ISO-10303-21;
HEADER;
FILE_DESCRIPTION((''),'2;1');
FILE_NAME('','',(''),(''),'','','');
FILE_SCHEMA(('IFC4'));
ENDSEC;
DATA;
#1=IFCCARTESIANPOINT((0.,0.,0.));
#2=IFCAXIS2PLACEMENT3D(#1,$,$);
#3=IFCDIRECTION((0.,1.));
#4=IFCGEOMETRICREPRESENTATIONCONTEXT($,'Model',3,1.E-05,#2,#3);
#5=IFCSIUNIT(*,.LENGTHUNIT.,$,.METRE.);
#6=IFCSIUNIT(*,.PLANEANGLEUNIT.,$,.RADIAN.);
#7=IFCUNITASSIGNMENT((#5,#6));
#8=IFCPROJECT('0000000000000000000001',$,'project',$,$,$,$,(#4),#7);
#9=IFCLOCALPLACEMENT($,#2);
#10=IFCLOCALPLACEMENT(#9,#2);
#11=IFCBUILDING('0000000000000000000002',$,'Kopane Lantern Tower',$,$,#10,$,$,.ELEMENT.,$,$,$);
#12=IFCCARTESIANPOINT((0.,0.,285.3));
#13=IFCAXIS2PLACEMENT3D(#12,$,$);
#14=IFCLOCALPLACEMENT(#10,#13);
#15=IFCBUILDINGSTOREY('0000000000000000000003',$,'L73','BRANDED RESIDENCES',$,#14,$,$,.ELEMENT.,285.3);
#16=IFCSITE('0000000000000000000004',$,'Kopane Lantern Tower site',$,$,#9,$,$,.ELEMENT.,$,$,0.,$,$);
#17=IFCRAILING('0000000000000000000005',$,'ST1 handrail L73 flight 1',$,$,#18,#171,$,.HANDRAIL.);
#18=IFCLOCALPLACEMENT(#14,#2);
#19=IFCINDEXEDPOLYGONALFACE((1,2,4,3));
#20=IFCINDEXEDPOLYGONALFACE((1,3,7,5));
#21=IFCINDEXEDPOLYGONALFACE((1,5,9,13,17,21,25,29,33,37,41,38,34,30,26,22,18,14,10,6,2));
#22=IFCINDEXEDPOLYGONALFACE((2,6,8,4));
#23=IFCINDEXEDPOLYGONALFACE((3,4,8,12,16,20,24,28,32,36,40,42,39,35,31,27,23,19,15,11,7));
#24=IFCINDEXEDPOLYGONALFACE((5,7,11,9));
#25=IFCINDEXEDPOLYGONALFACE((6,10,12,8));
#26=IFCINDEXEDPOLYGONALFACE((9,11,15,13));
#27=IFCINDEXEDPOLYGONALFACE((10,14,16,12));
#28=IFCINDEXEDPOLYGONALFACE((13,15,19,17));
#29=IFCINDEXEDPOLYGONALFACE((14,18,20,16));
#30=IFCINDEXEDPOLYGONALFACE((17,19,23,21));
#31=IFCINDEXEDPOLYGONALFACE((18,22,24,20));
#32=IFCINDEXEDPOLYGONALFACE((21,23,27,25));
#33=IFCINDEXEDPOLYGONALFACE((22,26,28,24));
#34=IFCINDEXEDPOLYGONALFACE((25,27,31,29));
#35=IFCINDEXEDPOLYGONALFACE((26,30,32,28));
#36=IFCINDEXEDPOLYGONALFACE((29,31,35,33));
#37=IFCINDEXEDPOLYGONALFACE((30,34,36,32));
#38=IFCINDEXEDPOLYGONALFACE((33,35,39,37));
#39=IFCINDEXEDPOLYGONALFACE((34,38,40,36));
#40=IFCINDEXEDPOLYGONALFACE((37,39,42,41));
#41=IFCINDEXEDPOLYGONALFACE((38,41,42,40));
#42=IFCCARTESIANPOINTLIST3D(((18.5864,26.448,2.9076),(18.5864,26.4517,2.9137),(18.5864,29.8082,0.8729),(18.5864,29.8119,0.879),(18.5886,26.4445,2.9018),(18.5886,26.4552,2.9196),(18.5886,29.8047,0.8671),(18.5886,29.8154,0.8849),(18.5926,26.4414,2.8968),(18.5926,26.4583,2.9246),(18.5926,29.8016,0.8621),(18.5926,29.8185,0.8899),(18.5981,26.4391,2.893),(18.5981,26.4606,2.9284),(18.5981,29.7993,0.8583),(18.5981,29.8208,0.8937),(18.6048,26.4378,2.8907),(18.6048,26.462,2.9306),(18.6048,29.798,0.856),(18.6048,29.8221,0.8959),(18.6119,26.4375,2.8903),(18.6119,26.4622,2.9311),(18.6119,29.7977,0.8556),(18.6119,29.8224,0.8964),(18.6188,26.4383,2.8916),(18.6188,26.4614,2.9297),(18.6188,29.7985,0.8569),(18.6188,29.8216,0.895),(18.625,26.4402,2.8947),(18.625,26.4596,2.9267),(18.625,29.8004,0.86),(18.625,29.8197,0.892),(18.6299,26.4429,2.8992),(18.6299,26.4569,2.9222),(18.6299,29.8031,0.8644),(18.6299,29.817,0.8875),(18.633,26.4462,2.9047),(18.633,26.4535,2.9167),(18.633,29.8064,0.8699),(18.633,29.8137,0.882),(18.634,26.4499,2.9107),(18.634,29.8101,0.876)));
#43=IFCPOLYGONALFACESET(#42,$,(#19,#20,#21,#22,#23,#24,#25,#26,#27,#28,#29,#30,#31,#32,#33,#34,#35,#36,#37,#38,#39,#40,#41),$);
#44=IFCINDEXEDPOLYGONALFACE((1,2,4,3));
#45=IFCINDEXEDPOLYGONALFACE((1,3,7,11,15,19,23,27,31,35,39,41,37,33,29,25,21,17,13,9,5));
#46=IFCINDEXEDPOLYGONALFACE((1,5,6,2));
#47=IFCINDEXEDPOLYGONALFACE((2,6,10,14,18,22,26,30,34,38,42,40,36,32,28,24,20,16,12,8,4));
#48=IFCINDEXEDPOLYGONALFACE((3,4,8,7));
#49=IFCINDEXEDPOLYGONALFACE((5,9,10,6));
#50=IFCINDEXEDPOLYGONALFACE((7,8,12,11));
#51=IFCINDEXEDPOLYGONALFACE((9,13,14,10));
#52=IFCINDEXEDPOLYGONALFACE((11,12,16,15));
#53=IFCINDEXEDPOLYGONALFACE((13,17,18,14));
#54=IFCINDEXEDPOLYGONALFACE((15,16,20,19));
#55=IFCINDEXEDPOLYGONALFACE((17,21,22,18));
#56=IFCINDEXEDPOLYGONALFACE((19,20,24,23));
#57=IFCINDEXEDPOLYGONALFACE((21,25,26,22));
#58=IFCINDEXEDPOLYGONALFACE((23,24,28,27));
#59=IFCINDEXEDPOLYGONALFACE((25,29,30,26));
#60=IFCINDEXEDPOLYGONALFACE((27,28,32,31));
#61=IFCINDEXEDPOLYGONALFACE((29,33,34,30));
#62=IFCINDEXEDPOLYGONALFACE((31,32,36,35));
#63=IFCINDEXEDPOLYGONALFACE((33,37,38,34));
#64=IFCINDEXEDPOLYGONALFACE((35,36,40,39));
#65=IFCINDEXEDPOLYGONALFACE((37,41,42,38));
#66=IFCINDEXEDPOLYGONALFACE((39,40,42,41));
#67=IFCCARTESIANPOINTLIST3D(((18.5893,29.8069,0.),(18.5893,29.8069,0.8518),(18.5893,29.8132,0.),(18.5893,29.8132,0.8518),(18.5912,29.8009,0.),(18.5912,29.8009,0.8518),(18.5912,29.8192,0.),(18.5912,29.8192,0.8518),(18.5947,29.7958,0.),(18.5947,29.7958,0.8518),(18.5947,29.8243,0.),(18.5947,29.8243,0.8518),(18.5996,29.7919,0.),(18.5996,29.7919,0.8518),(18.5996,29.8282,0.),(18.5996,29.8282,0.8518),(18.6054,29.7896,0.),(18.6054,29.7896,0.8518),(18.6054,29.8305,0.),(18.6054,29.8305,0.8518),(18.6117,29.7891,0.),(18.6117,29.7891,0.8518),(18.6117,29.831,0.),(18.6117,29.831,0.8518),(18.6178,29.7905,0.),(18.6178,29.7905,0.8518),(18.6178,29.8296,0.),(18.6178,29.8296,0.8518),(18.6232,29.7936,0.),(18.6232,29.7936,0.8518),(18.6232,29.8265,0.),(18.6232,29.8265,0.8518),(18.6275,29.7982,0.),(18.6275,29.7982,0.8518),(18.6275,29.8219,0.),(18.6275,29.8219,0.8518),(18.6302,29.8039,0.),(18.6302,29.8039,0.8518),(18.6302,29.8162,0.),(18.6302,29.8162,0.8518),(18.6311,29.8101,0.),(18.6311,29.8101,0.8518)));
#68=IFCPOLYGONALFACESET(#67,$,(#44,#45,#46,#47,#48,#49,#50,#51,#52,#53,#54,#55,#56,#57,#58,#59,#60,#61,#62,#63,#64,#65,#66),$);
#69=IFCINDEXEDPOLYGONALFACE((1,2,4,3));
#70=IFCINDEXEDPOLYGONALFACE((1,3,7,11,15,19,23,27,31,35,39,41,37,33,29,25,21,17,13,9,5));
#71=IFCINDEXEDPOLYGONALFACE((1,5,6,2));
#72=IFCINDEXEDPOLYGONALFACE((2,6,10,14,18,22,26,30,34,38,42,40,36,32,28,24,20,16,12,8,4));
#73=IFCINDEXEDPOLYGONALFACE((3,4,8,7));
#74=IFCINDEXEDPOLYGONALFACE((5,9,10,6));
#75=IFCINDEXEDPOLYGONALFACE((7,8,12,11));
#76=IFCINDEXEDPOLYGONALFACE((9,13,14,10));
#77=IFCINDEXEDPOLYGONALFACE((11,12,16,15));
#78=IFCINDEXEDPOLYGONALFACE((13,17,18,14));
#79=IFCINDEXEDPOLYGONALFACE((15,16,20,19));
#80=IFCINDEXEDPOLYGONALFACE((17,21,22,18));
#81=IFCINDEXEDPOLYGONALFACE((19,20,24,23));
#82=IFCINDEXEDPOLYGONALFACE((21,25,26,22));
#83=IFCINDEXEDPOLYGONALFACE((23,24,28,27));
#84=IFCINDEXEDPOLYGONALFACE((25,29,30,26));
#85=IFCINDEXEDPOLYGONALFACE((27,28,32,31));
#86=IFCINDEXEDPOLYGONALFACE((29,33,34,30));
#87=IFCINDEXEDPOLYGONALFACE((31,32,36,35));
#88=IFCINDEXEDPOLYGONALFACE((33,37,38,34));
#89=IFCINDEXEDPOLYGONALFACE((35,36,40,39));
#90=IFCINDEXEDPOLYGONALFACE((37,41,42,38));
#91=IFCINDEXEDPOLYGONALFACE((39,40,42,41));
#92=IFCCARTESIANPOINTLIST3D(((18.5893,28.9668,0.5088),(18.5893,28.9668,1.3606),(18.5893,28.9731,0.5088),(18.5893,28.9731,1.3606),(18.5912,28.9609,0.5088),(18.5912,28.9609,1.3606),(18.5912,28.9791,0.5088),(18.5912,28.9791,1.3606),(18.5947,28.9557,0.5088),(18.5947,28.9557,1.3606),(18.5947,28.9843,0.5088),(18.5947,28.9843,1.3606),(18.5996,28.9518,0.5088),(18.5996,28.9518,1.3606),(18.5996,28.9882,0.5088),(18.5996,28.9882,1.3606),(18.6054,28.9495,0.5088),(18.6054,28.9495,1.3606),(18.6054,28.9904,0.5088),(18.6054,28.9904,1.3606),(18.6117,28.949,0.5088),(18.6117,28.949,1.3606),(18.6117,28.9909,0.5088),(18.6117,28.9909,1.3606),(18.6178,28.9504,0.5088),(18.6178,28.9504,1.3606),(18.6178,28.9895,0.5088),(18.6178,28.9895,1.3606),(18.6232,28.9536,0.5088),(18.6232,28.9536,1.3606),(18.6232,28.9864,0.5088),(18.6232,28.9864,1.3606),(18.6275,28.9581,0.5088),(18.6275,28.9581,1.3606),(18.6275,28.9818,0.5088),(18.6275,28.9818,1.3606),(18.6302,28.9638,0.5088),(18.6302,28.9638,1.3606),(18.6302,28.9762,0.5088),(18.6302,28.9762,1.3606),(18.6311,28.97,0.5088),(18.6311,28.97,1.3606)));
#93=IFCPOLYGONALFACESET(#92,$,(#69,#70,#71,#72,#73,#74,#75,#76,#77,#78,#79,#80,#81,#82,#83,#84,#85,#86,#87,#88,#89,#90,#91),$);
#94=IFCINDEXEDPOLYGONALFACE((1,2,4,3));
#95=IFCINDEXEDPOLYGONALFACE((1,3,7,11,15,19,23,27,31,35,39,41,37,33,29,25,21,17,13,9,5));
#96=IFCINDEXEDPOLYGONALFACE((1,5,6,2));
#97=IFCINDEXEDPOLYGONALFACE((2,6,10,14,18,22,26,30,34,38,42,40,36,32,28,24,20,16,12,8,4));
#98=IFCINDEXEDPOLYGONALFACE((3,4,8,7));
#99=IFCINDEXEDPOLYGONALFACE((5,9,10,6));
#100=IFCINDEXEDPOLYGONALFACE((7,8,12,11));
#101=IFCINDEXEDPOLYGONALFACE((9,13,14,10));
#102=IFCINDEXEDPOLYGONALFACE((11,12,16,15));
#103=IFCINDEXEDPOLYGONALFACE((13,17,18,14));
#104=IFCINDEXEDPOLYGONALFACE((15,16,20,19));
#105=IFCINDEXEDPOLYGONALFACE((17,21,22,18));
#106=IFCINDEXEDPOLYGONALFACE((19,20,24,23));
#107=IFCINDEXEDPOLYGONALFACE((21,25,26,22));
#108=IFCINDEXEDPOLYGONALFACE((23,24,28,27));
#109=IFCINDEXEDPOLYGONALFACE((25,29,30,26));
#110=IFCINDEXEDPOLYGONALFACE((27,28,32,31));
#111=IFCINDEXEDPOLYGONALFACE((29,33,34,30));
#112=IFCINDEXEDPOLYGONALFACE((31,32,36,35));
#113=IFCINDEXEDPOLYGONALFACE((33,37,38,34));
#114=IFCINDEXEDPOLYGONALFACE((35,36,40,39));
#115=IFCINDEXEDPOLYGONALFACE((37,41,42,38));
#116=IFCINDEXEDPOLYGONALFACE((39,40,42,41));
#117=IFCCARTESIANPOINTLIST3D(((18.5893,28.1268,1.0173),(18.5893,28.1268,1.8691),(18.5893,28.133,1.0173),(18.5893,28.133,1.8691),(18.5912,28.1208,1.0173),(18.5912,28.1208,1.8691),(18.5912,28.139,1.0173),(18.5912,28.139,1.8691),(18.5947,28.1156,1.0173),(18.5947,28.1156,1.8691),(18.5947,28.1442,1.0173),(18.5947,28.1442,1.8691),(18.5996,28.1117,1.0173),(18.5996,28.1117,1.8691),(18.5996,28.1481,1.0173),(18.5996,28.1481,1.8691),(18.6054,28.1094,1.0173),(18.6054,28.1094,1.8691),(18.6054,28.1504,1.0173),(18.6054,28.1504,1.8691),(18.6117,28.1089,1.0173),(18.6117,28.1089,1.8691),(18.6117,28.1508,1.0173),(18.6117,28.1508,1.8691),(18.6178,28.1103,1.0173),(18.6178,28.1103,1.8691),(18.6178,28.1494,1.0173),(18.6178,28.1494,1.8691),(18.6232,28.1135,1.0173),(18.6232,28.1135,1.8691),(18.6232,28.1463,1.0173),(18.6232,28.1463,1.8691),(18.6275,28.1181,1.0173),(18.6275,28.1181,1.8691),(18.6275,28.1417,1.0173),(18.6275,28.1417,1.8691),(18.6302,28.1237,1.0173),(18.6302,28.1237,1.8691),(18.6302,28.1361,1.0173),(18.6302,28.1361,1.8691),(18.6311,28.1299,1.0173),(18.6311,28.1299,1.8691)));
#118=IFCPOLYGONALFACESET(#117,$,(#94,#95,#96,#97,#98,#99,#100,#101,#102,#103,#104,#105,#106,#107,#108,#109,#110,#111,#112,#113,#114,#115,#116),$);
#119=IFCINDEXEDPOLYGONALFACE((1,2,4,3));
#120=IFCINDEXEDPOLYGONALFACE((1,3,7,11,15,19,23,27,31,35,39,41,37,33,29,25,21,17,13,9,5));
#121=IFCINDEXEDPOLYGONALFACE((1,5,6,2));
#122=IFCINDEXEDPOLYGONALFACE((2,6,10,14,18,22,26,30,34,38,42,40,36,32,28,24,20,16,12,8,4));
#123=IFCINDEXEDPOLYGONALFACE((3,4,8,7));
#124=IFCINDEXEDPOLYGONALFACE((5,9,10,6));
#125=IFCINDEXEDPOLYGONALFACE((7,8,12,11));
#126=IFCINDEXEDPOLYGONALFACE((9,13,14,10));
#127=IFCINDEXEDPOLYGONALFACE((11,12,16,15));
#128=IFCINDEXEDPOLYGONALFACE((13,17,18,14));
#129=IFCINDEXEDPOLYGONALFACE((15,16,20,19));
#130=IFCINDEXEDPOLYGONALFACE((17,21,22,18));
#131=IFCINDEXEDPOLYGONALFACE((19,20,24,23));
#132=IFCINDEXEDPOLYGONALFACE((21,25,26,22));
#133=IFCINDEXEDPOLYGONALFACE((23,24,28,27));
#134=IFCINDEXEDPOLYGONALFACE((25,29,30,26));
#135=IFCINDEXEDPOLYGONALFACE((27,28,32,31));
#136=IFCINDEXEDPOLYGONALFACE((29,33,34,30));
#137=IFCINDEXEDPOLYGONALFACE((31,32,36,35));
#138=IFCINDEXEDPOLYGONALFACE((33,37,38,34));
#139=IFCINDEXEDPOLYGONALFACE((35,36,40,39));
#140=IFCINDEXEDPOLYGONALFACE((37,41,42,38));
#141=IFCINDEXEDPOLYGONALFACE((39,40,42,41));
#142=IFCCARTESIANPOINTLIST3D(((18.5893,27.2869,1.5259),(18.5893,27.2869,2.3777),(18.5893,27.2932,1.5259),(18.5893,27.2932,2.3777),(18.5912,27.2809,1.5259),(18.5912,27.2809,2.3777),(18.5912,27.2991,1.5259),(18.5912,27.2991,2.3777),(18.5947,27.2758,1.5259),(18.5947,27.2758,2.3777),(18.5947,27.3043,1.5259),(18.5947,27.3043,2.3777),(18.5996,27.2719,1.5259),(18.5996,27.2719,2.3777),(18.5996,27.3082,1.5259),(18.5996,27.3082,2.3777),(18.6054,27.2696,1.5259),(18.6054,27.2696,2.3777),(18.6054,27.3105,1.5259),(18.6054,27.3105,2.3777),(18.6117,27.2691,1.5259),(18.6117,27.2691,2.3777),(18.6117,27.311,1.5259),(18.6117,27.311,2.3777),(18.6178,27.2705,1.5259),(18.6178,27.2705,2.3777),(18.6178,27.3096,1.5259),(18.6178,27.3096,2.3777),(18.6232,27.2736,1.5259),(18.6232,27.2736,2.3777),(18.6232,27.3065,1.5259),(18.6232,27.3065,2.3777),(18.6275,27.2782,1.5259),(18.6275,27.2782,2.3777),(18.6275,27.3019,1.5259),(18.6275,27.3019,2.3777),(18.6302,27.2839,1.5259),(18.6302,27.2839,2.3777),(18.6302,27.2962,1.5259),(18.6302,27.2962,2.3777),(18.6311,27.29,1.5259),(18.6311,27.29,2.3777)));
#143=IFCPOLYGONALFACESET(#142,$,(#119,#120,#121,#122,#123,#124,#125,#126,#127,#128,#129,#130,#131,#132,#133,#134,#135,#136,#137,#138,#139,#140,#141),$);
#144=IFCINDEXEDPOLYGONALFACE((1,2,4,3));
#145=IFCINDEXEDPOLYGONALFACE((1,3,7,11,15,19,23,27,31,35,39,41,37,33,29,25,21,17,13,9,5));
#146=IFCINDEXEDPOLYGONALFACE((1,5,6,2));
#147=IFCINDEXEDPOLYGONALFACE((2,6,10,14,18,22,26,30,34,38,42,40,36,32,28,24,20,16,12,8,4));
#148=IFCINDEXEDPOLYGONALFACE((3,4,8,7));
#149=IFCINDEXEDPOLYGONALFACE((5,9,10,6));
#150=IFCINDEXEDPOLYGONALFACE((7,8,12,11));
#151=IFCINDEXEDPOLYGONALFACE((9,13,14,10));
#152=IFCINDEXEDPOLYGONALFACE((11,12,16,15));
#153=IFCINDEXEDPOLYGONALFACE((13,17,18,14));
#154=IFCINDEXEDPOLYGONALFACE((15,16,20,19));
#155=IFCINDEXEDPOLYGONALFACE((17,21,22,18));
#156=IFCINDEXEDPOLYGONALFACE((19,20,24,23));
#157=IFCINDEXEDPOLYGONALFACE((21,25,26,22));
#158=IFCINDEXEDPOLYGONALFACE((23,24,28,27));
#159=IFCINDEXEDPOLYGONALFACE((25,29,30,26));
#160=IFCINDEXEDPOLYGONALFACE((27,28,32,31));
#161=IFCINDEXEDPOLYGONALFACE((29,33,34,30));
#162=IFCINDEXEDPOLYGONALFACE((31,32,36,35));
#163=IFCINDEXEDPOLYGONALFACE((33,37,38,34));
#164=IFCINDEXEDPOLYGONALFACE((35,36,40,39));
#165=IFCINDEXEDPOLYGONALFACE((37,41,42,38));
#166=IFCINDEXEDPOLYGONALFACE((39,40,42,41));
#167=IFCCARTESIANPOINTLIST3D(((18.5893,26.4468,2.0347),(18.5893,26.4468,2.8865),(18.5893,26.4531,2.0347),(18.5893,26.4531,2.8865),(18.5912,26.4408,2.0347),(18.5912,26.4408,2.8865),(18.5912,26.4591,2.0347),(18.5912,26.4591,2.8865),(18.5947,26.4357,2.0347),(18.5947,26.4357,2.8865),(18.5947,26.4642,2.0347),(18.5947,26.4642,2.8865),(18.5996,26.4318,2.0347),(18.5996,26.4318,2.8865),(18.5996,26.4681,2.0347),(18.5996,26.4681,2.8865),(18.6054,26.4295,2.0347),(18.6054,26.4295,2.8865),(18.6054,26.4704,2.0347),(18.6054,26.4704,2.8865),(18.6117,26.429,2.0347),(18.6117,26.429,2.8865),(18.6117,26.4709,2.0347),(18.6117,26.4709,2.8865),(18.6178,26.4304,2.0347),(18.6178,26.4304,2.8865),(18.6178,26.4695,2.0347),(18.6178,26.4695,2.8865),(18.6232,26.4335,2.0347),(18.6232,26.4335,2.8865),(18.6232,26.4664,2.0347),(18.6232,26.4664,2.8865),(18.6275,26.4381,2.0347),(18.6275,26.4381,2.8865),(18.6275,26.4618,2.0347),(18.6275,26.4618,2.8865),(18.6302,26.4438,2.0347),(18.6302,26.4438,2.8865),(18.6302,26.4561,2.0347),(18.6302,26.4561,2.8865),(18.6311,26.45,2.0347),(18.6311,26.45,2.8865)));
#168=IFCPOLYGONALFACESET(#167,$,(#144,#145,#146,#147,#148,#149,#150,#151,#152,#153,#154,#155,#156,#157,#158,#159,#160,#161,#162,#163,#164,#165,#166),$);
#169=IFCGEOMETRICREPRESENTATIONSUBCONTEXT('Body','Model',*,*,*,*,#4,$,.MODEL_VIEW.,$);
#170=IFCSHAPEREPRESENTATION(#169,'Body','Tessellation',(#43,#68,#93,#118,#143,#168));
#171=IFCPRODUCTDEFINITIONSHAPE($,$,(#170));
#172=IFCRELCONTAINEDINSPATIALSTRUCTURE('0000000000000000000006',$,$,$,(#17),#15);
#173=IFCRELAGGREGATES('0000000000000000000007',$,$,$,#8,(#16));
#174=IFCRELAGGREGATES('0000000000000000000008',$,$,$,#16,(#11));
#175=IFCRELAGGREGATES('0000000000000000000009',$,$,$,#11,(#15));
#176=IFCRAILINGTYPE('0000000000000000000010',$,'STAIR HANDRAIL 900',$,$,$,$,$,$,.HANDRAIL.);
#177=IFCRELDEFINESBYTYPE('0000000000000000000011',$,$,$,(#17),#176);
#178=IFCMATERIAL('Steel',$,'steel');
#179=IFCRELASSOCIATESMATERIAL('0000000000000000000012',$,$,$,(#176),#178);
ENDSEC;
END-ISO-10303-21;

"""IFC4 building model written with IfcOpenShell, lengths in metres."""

from ifc_helpers import new_model, si_unit, direction, frame, origin, origin_2d, place, context, subcontext, project, spatial, circle, extrude, material, type_object, element, save


model = new_model("IFC4")

# Units and contexts
model_context = context("Model", 3, precision=1e-05, world=origin(), true_north=direction((0.0, 1.0)))
body_context = subcontext(model_context, "Body", "Model", "MODEL_VIEW")
ifc_project = project(units=[si_unit("LENGTHUNIT", "METRE"), si_unit("PLANEANGLEUNIT", "RADIAN")], contexts=[model_context])

# Site, building, storey
site_placement = place(None, origin())
site = spatial("IfcSite", under=ifc_project, at=site_placement, Name="Kopane Lantern Tower site", CompositionType="ELEMENT", RefElevation=0.0)
building_placement = place(site_placement, origin())
building = spatial("IfcBuilding", under=site, at=building_placement, Name="Kopane Lantern Tower", CompositionType="ELEMENT")
storey_placement = place(building_placement, frame((0.0, 0.0, 285.3)))
storey = spatial("IfcBuildingStorey", under=building, at=storey_placement, Name="L73", Description="BRANDED RESIDENCES", CompositionType="ELEMENT", Elevation=285.3)

# Railing
ifc_material_1 = material(Name="Steel", Category="steel")
railing_type_1 = type_object("IfcRailingType", Name="STAIR HANDRAIL 900", PredefinedType="HANDRAIL", material=ifc_material_1)
for number, where, name in (
    (1, (18.6101, 29.8101, 0.0), "ST1 handrail L73 flight 1"),
):
    element("IfcRailing", number, at=place(storey_placement, frame(where)), inside=storey, type_object=railing_type_1, Name=name, PredefinedType="HANDRAIL", context=body_context, shape_type="SweptSolid", body=[
        extrude(circle(Radius=0.0239, at=origin_2d()), frame((0.0, 0.0, 0.876), z_axis=(0.0, -0.855396, 0.517974), x_axis=(1.0, 0.0, 0.0)), (0.0, 0.0, 1.0), 3.9282),
        extrude(circle(Radius=0.021, at=origin_2d()), origin(), (0.0, 0.0, 1.0), 0.8518),
        extrude(circle(Radius=0.021, at=origin_2d()), frame((0.0, -0.8401, 0.5088)), (0.0, 0.0, 1.0), 0.8518),
        extrude(circle(Radius=0.021, at=origin_2d()), frame((0.0, -1.6802, 1.0173)), (0.0, 0.0, 1.0), 0.8518),
        extrude(circle(Radius=0.021, at=origin_2d()), frame((0.0, -2.52, 1.5259)), (0.0, 0.0, 1.0), 0.8518),
        extrude(circle(Radius=0.021, at=origin_2d()), frame((0.0, -3.3601, 2.0347)), (0.0, 0.0, 1.0), 0.8518),
    ])

save(model, "model.ifc")
